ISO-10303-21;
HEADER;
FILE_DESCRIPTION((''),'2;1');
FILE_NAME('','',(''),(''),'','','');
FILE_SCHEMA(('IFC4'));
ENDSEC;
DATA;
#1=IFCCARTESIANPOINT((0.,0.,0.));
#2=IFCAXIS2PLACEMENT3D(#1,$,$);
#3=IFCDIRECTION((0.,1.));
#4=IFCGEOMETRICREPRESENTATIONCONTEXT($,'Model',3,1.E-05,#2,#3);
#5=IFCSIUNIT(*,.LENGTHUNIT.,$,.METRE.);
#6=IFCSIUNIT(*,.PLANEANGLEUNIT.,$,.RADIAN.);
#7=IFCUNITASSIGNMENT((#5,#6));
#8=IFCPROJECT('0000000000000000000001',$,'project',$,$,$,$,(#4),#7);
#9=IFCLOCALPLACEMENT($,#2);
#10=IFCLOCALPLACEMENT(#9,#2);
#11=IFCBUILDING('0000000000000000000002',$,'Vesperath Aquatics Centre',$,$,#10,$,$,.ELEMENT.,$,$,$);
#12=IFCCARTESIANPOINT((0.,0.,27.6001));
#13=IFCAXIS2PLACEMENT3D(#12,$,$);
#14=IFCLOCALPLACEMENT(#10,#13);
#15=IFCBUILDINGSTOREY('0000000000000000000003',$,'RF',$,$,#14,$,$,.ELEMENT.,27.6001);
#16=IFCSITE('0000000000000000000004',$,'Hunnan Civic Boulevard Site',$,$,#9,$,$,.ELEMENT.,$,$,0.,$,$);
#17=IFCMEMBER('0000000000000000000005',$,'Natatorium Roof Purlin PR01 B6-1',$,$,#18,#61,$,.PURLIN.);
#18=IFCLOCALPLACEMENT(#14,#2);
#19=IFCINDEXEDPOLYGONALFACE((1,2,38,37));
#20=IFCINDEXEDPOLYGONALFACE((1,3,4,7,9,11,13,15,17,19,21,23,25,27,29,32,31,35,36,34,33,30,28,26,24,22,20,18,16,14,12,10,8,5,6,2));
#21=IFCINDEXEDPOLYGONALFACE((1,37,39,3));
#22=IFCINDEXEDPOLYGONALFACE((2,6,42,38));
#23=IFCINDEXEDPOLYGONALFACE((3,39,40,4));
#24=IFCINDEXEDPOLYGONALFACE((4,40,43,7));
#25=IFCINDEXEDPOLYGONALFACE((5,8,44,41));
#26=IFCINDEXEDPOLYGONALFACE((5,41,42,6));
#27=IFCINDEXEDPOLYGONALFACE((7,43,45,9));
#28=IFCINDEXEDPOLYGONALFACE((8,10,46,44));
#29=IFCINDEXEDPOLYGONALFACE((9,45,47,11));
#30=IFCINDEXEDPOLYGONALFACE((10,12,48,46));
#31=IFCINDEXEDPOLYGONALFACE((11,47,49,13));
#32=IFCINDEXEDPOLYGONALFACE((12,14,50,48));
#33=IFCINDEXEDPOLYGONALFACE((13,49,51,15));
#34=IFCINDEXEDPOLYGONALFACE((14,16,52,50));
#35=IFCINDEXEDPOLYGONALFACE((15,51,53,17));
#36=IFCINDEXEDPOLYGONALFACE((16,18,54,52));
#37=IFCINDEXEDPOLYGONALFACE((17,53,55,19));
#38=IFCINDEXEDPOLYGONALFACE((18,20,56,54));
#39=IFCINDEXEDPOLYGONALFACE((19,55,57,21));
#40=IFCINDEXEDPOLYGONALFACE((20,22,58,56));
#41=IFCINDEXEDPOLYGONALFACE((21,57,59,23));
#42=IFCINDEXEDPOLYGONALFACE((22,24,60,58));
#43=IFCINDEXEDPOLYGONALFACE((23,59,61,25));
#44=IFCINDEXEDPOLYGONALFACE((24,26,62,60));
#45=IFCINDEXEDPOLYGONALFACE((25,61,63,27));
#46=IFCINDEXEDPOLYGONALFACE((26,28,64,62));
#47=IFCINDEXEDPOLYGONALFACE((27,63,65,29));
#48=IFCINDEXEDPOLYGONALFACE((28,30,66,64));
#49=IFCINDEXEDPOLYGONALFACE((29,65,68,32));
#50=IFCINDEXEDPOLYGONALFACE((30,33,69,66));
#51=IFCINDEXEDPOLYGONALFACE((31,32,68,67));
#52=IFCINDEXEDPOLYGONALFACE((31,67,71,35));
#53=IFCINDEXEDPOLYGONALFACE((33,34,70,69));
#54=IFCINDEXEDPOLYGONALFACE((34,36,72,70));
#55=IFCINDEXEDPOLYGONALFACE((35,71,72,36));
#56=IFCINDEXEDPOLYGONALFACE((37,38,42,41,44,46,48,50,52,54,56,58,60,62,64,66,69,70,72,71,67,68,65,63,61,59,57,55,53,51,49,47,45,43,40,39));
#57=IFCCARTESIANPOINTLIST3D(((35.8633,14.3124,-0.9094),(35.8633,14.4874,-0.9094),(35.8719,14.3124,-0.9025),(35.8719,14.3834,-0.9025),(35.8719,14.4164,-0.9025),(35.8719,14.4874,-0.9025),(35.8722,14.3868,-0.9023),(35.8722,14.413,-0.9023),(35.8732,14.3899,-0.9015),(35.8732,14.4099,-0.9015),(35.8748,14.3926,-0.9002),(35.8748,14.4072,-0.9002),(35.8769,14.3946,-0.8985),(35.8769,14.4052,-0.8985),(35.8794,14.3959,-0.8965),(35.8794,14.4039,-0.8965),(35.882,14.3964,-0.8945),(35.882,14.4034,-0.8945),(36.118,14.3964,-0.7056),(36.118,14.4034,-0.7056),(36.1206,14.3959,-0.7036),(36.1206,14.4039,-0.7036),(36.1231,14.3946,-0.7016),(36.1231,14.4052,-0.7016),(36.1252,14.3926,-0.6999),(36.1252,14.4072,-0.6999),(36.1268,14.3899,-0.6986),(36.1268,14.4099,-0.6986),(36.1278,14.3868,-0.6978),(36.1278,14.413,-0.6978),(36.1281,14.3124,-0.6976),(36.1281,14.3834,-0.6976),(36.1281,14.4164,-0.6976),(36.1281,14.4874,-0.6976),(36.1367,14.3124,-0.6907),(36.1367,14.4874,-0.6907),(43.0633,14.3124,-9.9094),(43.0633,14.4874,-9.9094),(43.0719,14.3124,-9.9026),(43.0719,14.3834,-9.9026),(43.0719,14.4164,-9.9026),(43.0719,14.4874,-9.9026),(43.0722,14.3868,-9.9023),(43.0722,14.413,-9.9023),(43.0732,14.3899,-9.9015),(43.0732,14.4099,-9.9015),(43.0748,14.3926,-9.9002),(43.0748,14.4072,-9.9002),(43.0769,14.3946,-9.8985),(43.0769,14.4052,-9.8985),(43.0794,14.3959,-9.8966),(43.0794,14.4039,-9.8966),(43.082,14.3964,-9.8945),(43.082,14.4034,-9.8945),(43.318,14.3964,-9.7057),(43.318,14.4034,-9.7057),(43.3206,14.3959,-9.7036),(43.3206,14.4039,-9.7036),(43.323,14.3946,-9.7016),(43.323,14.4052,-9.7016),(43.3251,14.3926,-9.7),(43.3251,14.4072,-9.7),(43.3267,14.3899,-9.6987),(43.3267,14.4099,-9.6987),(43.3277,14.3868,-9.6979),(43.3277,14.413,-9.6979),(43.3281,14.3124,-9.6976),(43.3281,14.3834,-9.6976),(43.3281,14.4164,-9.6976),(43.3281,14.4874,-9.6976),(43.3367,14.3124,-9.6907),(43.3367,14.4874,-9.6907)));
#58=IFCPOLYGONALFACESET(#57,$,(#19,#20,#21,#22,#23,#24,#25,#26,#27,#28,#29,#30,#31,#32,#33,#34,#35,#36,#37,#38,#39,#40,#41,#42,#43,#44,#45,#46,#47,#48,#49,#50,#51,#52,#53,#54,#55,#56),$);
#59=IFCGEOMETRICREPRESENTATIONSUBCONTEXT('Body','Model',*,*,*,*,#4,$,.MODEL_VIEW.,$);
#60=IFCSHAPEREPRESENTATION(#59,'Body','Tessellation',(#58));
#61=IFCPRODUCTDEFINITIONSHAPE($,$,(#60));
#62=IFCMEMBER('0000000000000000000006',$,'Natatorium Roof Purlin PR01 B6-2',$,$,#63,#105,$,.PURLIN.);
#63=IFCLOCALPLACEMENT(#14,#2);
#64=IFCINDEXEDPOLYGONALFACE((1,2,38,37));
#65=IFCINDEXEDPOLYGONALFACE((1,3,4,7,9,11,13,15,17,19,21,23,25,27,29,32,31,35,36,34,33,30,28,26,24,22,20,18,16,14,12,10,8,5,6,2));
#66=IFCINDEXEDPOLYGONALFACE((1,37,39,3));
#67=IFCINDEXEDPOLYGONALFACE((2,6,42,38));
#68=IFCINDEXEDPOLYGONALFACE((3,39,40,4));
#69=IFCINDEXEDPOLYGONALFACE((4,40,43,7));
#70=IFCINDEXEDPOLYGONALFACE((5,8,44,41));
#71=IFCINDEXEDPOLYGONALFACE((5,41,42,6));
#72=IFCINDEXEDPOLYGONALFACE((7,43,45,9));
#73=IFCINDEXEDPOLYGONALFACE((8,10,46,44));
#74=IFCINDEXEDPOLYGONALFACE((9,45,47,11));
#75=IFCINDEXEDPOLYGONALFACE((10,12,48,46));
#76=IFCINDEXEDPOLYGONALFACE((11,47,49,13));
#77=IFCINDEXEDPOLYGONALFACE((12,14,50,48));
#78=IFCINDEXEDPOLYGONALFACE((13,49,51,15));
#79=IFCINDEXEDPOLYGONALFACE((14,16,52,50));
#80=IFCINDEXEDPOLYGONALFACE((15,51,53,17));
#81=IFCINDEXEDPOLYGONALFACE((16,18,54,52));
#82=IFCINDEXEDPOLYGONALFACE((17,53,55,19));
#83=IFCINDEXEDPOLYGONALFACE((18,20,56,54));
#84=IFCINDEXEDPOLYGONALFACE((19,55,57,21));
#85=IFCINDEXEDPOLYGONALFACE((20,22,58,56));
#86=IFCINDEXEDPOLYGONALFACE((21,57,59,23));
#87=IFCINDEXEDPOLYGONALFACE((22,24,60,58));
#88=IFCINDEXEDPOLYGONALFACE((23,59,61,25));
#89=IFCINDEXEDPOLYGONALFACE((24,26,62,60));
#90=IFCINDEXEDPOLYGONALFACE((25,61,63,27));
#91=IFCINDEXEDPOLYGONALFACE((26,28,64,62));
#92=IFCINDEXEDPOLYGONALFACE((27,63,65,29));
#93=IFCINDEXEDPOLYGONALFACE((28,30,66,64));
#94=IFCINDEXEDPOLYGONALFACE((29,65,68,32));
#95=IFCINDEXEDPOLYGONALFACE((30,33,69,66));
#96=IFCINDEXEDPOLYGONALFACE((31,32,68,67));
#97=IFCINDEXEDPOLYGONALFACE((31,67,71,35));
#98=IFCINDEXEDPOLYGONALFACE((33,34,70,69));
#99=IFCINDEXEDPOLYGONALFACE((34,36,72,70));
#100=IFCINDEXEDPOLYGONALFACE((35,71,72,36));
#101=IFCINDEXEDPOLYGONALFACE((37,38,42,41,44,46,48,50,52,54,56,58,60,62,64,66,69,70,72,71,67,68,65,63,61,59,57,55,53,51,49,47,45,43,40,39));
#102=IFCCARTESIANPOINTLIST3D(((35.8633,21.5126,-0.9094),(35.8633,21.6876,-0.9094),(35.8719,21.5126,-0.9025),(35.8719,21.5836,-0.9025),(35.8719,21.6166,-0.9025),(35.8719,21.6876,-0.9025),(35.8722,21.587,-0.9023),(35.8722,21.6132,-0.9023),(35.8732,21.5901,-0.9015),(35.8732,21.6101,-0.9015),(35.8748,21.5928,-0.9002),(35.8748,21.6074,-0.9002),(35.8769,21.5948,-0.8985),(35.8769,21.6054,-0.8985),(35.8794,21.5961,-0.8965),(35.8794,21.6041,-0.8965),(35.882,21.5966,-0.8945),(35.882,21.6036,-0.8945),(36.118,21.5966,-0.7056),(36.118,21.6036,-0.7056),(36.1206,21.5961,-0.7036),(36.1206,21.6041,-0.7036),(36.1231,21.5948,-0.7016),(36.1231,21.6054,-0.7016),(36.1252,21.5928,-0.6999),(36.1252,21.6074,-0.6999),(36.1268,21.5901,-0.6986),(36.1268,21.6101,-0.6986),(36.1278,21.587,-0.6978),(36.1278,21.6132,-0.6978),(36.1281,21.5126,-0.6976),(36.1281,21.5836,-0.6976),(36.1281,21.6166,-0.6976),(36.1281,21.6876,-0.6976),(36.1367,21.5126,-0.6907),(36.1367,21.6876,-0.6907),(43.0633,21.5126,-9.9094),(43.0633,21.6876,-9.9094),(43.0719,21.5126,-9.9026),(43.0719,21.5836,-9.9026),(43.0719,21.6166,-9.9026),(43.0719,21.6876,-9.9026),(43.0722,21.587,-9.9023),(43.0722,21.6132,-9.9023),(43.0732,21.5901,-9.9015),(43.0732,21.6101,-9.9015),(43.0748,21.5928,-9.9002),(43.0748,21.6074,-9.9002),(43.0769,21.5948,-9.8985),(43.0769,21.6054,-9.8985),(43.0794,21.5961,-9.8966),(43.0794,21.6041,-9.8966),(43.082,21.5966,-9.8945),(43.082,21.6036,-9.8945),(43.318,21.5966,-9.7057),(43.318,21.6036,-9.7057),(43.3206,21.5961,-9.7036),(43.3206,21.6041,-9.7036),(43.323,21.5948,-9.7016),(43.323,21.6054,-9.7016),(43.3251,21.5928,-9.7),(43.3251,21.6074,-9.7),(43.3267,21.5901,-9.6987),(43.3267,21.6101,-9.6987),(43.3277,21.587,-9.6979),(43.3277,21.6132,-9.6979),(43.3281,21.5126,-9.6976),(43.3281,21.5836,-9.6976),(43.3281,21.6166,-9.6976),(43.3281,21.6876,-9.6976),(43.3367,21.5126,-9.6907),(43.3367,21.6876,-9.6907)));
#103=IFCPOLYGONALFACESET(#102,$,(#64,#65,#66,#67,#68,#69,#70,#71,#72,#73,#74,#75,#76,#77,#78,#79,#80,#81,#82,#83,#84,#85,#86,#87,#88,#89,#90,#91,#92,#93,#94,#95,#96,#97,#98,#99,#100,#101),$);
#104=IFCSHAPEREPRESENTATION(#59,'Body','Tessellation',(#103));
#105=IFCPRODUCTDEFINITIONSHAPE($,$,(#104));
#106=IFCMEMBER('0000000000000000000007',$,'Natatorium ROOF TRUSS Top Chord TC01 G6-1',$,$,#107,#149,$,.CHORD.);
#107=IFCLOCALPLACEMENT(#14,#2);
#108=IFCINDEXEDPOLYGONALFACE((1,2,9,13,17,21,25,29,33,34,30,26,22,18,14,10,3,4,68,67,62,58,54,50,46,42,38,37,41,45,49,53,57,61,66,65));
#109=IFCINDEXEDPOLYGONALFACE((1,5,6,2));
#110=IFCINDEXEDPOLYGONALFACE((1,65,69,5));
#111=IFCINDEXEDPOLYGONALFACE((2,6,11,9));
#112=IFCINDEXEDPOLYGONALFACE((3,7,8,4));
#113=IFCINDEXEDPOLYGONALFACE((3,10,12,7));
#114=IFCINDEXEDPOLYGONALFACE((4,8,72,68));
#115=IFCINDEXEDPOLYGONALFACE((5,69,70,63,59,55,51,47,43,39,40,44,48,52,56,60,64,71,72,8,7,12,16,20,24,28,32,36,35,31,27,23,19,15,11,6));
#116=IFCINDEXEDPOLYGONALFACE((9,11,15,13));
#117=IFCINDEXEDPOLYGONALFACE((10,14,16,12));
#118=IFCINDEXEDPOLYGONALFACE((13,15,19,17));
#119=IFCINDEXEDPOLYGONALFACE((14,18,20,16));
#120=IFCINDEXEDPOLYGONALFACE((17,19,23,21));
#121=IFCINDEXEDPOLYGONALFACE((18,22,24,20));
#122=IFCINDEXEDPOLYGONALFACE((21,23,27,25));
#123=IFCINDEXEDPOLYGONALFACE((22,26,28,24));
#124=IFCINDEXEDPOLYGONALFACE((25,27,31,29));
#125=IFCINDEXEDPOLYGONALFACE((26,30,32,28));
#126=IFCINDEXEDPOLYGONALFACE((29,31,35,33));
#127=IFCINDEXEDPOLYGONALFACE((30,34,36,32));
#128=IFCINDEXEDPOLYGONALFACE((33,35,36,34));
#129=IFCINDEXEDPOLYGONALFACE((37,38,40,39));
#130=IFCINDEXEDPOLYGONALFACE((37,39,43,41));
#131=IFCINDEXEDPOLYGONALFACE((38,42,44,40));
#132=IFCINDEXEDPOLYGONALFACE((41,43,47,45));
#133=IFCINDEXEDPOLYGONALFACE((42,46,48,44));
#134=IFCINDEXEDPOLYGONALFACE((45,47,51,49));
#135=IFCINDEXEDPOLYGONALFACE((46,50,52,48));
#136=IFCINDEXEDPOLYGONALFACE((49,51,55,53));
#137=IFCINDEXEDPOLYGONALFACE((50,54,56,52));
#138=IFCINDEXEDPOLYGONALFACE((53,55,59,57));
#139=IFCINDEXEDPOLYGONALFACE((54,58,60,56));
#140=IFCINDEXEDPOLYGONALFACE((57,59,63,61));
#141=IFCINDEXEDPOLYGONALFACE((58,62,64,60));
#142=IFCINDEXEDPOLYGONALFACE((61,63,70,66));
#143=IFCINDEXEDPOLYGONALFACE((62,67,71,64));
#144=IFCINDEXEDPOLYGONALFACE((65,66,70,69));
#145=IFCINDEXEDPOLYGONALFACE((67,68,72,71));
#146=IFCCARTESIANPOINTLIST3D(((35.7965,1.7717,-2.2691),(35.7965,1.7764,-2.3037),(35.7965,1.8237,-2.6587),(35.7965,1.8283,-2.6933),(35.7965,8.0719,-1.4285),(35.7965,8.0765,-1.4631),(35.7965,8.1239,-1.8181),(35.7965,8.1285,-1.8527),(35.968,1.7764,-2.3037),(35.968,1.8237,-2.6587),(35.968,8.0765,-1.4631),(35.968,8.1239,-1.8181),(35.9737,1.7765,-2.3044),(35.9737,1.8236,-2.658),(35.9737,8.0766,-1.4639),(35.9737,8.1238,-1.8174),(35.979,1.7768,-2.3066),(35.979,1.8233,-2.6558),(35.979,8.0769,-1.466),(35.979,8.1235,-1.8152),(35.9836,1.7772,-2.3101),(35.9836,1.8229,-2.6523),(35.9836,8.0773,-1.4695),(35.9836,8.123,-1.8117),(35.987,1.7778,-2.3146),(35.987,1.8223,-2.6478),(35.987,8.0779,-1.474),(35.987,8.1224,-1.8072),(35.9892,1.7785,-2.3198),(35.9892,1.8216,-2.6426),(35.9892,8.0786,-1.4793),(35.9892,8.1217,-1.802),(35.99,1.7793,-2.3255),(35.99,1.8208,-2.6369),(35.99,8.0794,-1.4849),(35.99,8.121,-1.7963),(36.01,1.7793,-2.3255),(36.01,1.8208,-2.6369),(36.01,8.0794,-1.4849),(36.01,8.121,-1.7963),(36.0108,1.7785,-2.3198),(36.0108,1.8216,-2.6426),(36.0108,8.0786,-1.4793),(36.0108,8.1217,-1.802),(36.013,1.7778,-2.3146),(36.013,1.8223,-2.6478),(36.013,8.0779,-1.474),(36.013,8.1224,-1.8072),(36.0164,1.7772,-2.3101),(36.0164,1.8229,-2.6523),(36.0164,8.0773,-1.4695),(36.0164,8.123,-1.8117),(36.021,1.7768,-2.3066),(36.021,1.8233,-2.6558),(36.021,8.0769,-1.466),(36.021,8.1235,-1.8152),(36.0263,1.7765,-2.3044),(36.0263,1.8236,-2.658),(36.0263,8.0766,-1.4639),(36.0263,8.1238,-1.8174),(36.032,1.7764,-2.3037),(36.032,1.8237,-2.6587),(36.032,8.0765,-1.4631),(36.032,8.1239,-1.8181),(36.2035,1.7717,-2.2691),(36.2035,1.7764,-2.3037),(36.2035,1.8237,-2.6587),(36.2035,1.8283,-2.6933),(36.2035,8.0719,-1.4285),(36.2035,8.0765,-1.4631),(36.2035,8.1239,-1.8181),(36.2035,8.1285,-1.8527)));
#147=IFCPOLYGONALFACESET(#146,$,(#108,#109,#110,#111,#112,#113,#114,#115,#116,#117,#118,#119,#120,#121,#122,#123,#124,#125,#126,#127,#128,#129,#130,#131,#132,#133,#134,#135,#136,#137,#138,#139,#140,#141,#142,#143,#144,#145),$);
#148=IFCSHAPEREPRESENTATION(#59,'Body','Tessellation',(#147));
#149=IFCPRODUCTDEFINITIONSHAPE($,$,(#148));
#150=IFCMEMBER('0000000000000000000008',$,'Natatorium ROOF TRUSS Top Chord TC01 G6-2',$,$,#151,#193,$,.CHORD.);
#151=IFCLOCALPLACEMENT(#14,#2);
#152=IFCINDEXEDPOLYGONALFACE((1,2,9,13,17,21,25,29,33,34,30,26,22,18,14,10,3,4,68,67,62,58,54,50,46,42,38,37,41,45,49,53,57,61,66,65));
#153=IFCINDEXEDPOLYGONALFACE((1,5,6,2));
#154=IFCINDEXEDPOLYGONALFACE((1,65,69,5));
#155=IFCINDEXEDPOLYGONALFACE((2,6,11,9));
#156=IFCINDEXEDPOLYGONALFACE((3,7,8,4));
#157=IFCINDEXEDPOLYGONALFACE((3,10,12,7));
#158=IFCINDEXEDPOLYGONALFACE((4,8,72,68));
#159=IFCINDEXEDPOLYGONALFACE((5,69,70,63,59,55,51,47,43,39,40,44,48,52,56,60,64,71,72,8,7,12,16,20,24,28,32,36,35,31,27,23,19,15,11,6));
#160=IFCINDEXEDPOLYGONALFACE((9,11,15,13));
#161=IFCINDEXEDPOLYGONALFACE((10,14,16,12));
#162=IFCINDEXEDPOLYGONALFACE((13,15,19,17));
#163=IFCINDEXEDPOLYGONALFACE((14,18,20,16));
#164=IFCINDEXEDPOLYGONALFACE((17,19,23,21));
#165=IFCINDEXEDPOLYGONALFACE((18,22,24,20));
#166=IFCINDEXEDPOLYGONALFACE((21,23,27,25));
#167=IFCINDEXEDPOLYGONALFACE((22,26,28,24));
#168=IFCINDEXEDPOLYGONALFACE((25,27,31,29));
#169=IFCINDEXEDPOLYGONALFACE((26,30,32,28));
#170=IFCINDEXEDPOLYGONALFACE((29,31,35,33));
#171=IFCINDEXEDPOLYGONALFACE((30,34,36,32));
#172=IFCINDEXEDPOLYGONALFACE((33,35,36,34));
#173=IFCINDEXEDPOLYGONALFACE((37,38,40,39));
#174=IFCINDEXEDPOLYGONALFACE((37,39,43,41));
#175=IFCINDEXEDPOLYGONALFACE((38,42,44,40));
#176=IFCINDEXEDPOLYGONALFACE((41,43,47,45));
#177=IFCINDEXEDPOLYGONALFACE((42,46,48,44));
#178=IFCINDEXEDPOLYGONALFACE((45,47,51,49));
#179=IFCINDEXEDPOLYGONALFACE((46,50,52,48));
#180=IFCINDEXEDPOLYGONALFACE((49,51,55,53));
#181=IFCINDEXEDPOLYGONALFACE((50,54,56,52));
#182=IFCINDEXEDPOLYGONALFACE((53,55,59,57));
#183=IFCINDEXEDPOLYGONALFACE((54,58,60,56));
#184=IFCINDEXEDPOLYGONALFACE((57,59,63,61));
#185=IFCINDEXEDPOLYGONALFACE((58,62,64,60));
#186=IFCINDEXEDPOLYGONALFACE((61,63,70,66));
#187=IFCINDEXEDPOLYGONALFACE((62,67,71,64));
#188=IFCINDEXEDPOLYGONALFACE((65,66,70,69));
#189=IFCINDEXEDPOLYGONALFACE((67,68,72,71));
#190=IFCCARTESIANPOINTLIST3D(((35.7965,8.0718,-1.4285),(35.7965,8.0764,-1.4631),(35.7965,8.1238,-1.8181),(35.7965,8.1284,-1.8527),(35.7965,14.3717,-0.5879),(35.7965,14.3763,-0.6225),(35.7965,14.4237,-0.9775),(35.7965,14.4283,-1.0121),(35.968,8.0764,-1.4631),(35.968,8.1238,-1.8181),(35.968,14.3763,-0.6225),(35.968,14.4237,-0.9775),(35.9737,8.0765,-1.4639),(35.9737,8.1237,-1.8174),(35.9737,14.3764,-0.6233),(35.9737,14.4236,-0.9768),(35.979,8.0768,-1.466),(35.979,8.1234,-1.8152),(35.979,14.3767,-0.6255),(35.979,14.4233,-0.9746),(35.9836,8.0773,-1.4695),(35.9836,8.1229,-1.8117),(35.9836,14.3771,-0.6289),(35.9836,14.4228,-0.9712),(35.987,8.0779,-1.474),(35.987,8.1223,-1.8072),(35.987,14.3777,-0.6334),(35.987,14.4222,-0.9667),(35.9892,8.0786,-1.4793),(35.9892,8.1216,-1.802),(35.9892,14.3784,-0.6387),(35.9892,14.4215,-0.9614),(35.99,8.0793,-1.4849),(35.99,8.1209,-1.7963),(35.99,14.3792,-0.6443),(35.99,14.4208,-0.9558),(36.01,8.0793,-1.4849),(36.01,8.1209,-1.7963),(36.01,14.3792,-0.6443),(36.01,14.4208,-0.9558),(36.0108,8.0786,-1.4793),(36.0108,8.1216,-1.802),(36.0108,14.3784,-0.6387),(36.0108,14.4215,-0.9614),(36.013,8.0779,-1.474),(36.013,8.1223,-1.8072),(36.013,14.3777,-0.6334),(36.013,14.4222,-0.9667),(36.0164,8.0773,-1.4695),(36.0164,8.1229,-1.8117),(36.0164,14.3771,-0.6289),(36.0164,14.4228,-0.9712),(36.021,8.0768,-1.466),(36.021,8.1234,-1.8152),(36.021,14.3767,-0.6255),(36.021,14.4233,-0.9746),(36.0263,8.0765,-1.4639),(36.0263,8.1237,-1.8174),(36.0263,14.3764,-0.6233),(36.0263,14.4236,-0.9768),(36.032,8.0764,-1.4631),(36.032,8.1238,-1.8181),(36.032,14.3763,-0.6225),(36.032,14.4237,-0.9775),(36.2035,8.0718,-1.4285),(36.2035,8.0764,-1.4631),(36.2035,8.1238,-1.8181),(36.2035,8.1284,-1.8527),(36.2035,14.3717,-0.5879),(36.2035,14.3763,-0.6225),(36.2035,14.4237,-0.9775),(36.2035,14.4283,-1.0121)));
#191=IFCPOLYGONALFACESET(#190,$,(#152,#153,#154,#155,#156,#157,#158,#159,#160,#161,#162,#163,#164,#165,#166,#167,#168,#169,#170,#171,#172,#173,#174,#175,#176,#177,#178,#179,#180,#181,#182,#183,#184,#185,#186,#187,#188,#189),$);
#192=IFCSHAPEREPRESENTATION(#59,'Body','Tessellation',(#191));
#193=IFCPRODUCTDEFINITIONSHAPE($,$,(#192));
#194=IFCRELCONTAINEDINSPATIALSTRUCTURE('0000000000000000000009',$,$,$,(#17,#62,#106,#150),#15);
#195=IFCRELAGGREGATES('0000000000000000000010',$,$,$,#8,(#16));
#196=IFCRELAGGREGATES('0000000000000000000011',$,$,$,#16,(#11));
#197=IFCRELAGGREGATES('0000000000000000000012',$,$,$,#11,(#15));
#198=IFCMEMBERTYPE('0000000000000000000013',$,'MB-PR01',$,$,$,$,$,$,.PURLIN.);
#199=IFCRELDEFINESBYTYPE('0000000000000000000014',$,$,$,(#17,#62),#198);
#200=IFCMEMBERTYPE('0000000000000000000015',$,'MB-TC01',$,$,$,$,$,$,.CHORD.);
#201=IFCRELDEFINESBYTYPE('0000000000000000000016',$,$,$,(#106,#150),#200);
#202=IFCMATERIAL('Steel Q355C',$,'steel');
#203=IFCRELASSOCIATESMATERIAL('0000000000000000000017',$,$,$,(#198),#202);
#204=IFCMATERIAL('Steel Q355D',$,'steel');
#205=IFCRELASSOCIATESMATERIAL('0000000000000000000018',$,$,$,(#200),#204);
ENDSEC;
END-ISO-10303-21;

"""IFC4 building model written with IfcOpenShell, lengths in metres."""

from ifc_helpers import new_model, si_unit, direction, frame, origin, origin_2d, place, context, subcontext, project, spatial, i_section, extrude, material, material_profile, profile_set, type_object, element, save


model = new_model("IFC4")

# Units and contexts
model_context = context("Model", 3, precision=1e-05, world=origin(), true_north=direction((0.0, 1.0)))
body_context = subcontext(model_context, "Body", "Model", "MODEL_VIEW")
ifc_project = project(units=[si_unit("LENGTHUNIT", "METRE"), si_unit("PLANEANGLEUNIT", "RADIAN")], contexts=[model_context])

# Site, building, storey
site_placement = place(None, origin())
site = spatial("IfcSite", under=ifc_project, at=site_placement, Name="Hunnan Civic Boulevard Site", CompositionType="ELEMENT", RefElevation=0.0)
building_placement = place(site_placement, origin())
building = spatial("IfcBuilding", under=site, at=building_placement, Name="Vesperath Aquatics Centre", CompositionType="ELEMENT")
storey_placement = place(building_placement, frame((0.0, 0.0, 27.6001)))
storey = spatial("IfcBuildingStorey", under=building, at=storey_placement, Name="RF", CompositionType="ELEMENT", Elevation=27.6001)

# Members
ifc_material_1 = material(Name="Steel Q355D", Category="steel")
ifc_material_2 = material(Name="Steel Q355C", Category="steel")
ifc_material_profile_1 = material_profile(ifc_material_2, i_section(OverallWidth=0.175, OverallDepth=0.3501, WebThickness=0.0071, FlangeThickness=0.011, FilletRadius=0.0129, at=origin_2d()), Name="HN 350x175x7x11")
ifc_profile_set_1 = profile_set([ifc_material_profile_1], Name="Steel Q355C")
member_type_1 = type_object("IfcMemberType", Name="MB-PR01", PredefinedType="PURLIN", material=ifc_profile_set_1)
for number, where, z_axis, x_axis, name in (
    (1, (36.0, 14.3999, -0.8), (0.624692, 0.0, -0.780871), (0.0, 1.0, 0.0), "Natatorium Roof Purlin PR01 B6-1"),
    (2, (36.0, 21.6001, -0.8), (0.624692, 0.0, -0.780871), (0.0, 1.0, 0.0), "Natatorium Roof Purlin PR01 B6-2"),
):
    element("IfcMember", number, at=place(storey_placement, frame(where, z_axis=z_axis, x_axis=x_axis)), inside=storey, type_object=member_type_1, Name=name, PredefinedType="PURLIN", context=body_context, shape_type="SweptSolid", body=[
        extrude(i_section(OverallWidth=0.175, OverallDepth=0.3501, WebThickness=0.0071, FlangeThickness=0.011, FilletRadius=0.0129, at=origin_2d()), origin(), (0.0, 0.0, 1.0), 11.5256),
    ])
ifc_material_profile_2 = material_profile(ifc_material_1, i_section(OverallWidth=0.407, OverallDepth=0.428, WebThickness=0.02, FlangeThickness=0.0349, FilletRadius=0.022, at=origin_2d()), Name="HW 428x407x20x35")
ifc_profile_set_2 = profile_set([ifc_material_profile_2], Name="Steel Q355D")
member_type_2 = type_object("IfcMemberType", Name="MB-TC01", PredefinedType="CHORD", material=ifc_profile_set_2)
member_1_placement = place(storey_placement, frame((36.0, 1.8, -2.4812), z_axis=(0.0, 0.991216, 0.132252), x_axis=(-1.0, 0.0, 0.0)))
element("IfcMember", 3, at=member_1_placement, inside=storey, type_object=member_type_2, Name="Natatorium ROOF TRUSS Top Chord TC01 G6-1", PredefinedType="CHORD", context=body_context, shape_type="SweptSolid", body=[
    extrude(i_section(OverallWidth=0.407, OverallDepth=0.428, WebThickness=0.02, FlangeThickness=0.0349, FilletRadius=0.022, at=origin_2d()), origin(), (0.0, 0.0, 1.0), 6.356),
])
member_2_placement = place(storey_placement, frame((36.0, 8.1001, -1.6406), z_axis=(0.0, 0.991215, 0.132257), x_axis=(-1.0, 0.0, 0.0)))
element("IfcMember", 4, at=member_2_placement, inside=storey, type_object=member_type_2, Name="Natatorium ROOF TRUSS Top Chord TC01 G6-2", PredefinedType="CHORD", context=body_context, shape_type="SweptSolid", body=[
    extrude(i_section(OverallWidth=0.407, OverallDepth=0.428, WebThickness=0.02, FlangeThickness=0.0349, FilletRadius=0.022, at=origin_2d()), origin(), (0.0, 0.0, 1.0), 6.3557),
])

save(model, "model.ifc")
